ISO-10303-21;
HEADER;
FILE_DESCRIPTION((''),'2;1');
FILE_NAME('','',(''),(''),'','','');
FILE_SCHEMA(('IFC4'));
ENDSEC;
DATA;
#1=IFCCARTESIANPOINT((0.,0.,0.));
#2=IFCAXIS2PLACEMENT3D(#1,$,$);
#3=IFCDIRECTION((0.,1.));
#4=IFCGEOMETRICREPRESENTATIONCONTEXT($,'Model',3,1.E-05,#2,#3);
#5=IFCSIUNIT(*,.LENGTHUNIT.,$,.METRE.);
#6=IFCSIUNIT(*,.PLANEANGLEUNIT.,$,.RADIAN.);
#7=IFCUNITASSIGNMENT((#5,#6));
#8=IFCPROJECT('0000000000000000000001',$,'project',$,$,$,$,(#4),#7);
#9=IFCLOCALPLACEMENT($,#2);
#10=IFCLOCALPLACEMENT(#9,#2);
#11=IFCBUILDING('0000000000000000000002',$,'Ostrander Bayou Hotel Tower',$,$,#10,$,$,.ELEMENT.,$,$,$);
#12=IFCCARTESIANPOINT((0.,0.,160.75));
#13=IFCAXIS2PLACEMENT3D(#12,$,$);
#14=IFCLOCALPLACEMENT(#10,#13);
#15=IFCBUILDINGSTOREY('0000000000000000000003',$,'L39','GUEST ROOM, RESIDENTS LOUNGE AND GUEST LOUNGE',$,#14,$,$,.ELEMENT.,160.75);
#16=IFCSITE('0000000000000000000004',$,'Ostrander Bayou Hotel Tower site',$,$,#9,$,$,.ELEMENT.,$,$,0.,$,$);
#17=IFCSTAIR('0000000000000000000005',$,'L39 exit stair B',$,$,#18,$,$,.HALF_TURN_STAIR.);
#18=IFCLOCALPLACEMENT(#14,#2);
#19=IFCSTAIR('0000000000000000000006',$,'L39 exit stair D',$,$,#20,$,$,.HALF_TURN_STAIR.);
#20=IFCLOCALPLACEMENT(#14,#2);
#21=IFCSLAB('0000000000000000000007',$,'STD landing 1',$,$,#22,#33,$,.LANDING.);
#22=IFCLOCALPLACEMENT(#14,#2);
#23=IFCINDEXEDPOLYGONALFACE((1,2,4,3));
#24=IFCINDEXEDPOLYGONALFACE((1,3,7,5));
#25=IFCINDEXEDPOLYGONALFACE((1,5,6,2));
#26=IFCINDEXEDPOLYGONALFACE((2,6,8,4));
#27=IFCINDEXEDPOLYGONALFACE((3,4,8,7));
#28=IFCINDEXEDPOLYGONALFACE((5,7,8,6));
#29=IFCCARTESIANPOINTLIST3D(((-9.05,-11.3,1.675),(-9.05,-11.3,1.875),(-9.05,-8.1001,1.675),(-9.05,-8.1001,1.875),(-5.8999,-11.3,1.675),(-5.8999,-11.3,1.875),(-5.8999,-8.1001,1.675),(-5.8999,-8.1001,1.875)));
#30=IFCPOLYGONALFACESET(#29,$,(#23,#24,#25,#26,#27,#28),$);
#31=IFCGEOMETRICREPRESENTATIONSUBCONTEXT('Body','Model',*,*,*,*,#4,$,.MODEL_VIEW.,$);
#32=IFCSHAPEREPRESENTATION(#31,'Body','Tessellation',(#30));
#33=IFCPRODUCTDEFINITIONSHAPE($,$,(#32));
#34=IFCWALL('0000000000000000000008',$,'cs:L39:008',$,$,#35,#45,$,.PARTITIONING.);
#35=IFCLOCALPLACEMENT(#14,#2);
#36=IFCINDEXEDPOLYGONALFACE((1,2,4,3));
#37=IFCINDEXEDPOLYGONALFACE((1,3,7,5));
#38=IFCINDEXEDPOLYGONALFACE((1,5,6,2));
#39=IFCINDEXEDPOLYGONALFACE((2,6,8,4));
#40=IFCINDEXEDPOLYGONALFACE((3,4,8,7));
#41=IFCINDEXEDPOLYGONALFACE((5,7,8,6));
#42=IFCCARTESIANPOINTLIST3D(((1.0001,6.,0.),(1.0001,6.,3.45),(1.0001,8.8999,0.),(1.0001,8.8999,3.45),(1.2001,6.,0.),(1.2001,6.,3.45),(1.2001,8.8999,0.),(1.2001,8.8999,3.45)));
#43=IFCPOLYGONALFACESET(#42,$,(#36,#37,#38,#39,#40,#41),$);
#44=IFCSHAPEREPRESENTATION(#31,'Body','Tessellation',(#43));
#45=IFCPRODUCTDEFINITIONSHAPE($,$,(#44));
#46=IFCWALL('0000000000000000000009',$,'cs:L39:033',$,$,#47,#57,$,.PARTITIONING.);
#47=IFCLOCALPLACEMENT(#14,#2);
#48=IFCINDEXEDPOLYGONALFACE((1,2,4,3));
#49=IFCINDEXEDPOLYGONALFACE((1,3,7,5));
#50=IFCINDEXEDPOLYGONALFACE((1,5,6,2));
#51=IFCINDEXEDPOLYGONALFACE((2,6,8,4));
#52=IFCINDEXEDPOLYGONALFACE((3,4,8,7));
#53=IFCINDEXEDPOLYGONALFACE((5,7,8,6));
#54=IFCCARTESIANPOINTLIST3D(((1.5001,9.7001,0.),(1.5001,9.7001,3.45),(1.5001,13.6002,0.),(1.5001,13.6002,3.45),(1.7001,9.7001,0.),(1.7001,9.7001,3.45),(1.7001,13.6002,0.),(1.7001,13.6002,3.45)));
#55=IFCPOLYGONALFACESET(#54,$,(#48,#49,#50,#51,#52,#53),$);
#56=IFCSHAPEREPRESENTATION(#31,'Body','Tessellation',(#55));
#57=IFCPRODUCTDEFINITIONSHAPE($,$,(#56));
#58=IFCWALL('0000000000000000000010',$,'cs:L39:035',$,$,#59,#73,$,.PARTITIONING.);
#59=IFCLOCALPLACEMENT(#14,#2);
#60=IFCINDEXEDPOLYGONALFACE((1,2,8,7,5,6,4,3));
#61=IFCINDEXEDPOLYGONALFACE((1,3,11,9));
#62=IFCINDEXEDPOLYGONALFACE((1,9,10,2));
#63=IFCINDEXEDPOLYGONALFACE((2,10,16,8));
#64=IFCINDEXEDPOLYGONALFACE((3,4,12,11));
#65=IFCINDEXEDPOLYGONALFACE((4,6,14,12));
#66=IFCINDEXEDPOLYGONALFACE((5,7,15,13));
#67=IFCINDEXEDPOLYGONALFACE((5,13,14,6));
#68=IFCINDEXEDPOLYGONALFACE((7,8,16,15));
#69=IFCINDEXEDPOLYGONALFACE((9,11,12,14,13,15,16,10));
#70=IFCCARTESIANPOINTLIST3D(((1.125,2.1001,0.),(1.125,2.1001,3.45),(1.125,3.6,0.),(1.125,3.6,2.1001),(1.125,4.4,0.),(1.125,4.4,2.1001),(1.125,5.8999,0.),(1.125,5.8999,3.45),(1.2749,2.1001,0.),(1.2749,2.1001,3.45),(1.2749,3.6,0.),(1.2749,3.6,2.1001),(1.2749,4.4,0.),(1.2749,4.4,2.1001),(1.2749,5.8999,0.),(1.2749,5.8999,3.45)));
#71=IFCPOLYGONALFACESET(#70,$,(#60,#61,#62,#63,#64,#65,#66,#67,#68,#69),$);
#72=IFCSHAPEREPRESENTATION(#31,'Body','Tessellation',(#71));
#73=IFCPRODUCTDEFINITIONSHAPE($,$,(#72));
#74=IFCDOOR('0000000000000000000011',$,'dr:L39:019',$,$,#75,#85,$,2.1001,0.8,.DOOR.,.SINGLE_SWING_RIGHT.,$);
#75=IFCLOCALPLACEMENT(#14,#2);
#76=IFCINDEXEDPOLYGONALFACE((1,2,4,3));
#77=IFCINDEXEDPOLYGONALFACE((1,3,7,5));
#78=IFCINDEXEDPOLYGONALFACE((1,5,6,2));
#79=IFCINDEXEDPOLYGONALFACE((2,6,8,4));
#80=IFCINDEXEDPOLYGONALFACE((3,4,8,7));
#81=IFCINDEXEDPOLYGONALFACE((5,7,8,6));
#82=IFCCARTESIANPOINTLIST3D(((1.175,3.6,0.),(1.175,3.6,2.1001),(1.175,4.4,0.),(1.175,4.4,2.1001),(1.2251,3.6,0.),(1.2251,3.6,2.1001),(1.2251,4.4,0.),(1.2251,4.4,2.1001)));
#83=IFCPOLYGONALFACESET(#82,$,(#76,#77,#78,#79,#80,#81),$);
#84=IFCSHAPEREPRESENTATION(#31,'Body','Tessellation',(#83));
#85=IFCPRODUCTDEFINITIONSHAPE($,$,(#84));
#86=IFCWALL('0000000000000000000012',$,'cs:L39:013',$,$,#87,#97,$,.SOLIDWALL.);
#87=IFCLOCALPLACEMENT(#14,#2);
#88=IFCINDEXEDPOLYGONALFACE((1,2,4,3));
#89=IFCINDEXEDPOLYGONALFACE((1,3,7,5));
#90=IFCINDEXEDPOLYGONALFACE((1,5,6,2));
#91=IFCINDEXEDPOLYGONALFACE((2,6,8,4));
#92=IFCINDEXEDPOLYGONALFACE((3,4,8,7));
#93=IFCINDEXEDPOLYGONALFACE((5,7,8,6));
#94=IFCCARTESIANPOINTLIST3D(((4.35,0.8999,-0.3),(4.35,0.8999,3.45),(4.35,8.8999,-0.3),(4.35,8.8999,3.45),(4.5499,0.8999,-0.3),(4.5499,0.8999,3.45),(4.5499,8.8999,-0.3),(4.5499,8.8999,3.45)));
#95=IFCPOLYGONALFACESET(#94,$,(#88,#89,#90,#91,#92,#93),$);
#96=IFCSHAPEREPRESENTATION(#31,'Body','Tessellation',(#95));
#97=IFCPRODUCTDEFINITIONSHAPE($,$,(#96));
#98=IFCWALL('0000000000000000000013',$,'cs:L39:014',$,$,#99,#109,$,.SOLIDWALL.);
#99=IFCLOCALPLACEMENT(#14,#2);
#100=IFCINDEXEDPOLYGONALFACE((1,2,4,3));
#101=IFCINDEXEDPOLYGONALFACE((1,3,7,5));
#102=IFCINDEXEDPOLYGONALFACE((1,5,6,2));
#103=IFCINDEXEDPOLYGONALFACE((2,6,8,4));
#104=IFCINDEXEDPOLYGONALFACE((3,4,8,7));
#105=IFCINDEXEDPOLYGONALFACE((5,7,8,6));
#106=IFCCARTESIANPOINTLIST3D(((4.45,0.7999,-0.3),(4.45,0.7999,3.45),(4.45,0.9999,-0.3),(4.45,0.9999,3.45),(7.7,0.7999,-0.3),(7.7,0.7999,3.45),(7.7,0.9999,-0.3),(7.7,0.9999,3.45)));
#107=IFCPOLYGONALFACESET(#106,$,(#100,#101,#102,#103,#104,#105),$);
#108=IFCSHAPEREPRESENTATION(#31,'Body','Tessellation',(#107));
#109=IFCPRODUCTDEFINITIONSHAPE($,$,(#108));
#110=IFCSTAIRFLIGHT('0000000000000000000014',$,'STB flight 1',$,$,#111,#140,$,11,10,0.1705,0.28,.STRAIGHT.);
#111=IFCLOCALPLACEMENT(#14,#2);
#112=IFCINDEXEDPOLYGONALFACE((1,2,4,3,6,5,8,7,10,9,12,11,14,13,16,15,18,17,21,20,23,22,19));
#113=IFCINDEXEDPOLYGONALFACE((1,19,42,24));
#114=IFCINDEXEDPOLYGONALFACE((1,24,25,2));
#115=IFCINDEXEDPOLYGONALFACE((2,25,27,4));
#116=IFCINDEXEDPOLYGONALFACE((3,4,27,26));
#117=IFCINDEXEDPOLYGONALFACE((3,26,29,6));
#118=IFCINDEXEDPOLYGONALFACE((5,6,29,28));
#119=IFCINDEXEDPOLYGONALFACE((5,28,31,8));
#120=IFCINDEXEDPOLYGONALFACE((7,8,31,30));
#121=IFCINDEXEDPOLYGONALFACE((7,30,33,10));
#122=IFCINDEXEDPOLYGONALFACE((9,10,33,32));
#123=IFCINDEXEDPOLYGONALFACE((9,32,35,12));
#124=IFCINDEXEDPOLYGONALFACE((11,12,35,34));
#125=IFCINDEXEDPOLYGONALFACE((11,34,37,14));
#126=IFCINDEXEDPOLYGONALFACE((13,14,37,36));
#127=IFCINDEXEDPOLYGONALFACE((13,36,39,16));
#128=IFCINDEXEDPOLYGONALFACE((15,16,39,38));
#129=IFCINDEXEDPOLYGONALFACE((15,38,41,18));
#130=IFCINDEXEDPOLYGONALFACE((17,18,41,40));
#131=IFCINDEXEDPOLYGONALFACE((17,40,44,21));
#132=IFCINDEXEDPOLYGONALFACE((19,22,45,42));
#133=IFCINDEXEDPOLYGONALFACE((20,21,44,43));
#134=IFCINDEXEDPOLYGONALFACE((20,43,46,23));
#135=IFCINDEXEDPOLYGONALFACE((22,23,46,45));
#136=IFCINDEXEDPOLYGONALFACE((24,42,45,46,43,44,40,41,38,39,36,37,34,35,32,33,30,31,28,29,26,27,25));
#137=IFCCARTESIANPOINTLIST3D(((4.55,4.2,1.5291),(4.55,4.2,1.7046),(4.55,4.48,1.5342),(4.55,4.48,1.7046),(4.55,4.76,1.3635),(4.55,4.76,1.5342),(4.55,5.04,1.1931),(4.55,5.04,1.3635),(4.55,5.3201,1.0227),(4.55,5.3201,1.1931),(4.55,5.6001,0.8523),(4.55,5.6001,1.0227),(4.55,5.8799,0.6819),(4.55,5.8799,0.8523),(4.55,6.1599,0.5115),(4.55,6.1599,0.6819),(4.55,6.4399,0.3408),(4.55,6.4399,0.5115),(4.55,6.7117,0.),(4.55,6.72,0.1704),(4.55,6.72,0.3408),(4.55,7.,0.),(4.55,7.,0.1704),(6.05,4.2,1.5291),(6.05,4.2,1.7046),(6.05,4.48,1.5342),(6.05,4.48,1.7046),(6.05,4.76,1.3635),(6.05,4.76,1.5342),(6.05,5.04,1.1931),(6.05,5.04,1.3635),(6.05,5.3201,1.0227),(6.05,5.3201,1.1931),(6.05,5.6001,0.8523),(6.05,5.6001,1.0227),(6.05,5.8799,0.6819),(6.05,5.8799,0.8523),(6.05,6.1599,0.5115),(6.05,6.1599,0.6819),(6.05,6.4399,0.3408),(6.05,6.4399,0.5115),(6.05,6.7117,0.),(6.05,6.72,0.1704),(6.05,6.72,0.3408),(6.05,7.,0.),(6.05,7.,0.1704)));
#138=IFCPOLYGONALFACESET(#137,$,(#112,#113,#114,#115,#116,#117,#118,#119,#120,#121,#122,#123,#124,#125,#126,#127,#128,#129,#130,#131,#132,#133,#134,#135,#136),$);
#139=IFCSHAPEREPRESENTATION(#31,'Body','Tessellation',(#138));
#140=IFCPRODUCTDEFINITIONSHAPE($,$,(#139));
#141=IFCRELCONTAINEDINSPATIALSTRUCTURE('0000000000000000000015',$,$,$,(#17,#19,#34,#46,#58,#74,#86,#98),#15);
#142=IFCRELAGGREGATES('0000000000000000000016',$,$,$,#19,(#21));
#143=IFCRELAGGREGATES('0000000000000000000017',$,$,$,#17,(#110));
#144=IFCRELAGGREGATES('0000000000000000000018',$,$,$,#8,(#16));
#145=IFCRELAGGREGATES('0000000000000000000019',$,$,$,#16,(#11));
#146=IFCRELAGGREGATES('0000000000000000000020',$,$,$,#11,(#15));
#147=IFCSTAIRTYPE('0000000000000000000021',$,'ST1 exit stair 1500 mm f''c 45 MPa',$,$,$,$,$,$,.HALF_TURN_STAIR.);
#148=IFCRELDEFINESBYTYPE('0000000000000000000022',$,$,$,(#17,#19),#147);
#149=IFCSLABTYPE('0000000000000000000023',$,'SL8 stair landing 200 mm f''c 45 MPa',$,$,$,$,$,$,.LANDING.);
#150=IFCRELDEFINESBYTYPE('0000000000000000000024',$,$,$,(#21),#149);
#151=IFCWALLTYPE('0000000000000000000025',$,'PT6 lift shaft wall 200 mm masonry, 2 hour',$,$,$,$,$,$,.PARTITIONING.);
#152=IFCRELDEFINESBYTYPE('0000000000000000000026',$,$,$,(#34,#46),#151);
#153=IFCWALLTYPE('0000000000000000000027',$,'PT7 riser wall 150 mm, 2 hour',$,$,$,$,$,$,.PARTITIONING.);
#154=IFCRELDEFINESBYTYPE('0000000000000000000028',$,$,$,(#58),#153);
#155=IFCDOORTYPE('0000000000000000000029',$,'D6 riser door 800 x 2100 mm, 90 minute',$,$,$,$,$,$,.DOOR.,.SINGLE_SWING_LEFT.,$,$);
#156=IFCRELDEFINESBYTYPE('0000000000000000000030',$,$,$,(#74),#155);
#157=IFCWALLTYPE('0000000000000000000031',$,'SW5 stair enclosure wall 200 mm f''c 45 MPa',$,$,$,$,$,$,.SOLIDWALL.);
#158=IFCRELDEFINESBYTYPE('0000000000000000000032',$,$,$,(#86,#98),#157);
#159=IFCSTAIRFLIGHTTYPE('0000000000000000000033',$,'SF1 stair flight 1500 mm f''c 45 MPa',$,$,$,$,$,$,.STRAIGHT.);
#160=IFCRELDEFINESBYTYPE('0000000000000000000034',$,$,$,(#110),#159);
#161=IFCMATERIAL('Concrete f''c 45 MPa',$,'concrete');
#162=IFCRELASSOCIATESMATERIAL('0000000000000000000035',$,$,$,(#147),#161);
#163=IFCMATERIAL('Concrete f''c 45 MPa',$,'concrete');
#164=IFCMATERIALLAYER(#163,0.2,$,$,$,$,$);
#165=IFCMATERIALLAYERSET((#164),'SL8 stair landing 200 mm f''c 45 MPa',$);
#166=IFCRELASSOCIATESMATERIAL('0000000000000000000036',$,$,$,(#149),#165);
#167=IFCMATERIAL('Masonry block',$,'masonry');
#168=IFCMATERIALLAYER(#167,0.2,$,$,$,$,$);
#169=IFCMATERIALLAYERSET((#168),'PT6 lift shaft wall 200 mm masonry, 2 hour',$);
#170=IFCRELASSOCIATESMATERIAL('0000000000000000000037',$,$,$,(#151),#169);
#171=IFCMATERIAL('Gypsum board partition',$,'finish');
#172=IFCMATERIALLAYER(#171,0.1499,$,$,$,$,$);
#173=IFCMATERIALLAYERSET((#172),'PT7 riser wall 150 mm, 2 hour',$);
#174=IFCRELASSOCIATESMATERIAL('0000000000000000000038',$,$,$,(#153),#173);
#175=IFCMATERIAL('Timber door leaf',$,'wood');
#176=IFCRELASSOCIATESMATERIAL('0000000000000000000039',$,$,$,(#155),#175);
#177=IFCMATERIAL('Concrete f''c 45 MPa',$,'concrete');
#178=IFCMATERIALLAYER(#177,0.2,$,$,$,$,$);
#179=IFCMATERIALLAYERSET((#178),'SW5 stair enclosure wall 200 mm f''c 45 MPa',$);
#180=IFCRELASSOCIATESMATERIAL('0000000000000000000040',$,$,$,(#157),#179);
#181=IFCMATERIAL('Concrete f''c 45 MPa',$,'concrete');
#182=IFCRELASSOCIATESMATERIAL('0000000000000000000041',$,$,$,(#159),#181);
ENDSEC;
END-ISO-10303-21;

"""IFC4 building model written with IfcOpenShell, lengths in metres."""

from ifc_helpers import new_model, si_unit, direction, frame, frame_2d, origin, place, context, subcontext, project, spatial, polyline, rectangle, outline, extrude, material, layer, layer_set, type_object, element, fill, aggregate, save


model = new_model("IFC4")

# Units and contexts
model_context = context("Model", 3, precision=1e-05, world=origin(), true_north=direction((0.0, 1.0)))
body_context = subcontext(model_context, "Body", "Model", "MODEL_VIEW")
ifc_project = project(units=[si_unit("LENGTHUNIT", "METRE"), si_unit("PLANEANGLEUNIT", "RADIAN")], contexts=[model_context])

# Site, building, storey
site_placement = place(None, origin())
site = spatial("IfcSite", under=ifc_project, at=site_placement, Name="Ostrander Bayou Hotel Tower site", CompositionType="ELEMENT", RefElevation=0.0)
building_placement = place(site_placement, origin())
building = spatial("IfcBuilding", under=site, at=building_placement, Name="Ostrander Bayou Hotel Tower", CompositionType="ELEMENT")
storey_placement = place(building_placement, frame((0.0, 0.0, 160.75)))
storey = spatial("IfcBuildingStorey", under=building, at=storey_placement, Name="L39", Description="GUEST ROOM, RESIDENTS LOUNGE AND GUEST LOUNGE", CompositionType="ELEMENT", Elevation=160.75)

# Stairs, slab
ifc_material_1 = material(Name="Concrete f'c 45 MPa", Category="concrete")
stair_type = type_object("IfcStairType", Name="ST1 exit stair 1500 mm f'c 45 MPa", PredefinedType="HALF_TURN_STAIR", material=ifc_material_1)
ifc_material_2 = material(Name="Concrete f'c 45 MPa", Category="concrete")
ifc_layer_1 = layer(ifc_material_2, 0.2)
ifc_layer_set_1 = layer_set([ifc_layer_1], Name="SL8 stair landing 200 mm f'c 45 MPa")
slab_type_1 = type_object("IfcSlabType", Name="SL8 stair landing 200 mm f'c 45 MPa", PredefinedType="LANDING", material=ifc_layer_set_1)
stair_1_placement = place(storey_placement, origin())
stair_1 = element("IfcStair", 1, at=stair_1_placement, inside=storey, type_object=stair_type, Name="L39 exit stair B", PredefinedType="HALF_TURN_STAIR")
stair_2_placement = place(storey_placement, origin())
stair_2 = element("IfcStair", 2, at=stair_2_placement, inside=storey, type_object=stair_type, Name="L39 exit stair D", PredefinedType="HALF_TURN_STAIR")
slab_1_placement = place(storey_placement, frame((0.0, 0.0, 1.675)))
slab_1 = element("IfcSlab", 3, at=slab_1_placement, type_object=slab_type_1, Name="STD landing 1", PredefinedType="LANDING", context=body_context, shape_type="SweptSolid", body=[
    extrude(outline(polyline([(-9.05, -8.1001), (-9.05, -11.3), (-5.8999, -11.3), (-5.8999, -8.1001), (-9.05, -8.1001)])), origin(), (0.0, 0.0, 1.0), 0.2),
])
aggregate(stair_2, [slab_1])

# Shared definitions
ifc_material_3 = material(Name="Masonry block", Category="masonry")
ifc_layer_2 = layer(ifc_material_3, 0.2)
ifc_layer_set_2 = layer_set([ifc_layer_2], Name="PT6 lift shaft wall 200 mm masonry, 2 hour")
wall_type_1 = type_object("IfcWallType", Name="PT6 lift shaft wall 200 mm masonry, 2 hour", PredefinedType="PARTITIONING", material=ifc_layer_set_2)

# Walls
wall_1_placement = place(storey_placement, frame((1.1001, 6.0, 0.0), z_axis=(0.0, 0.0, 1.0), x_axis=(0.0, 1.0, 0.0)))
element("IfcWall", 4, at=wall_1_placement, inside=storey, type_object=wall_type_1, Name="cs:L39:008", PredefinedType="PARTITIONING", context=body_context, shape_type="SweptSolid", body=[
    extrude(rectangle(XDim=2.8999, YDim=0.2, at=frame_2d((1.45, 0.0))), origin(), (0.0, 0.0, 1.0), 3.45),
])
wall_2_placement = place(storey_placement, frame((1.6001, 9.7, 0.0), z_axis=(0.0, 0.0, 1.0), x_axis=(0.0, 1.0, 0.0)))
element("IfcWall", 5, at=wall_2_placement, inside=storey, type_object=wall_type_1, Name="cs:L39:033", PredefinedType="PARTITIONING", context=body_context, shape_type="SweptSolid", body=[
    extrude(rectangle(XDim=3.9001, YDim=0.2, at=frame_2d((1.9502, 0.0))), origin(), (0.0, 0.0, 1.0), 3.45),
])

# Wall, opening, door
ifc_material_4 = material(Name="Gypsum board partition", Category="finish")
ifc_layer_3 = layer(ifc_material_4, 0.1499)
ifc_layer_set_3 = layer_set([ifc_layer_3], Name="PT7 riser wall 150 mm, 2 hour")
wall_type_2 = type_object("IfcWallType", Name="PT7 riser wall 150 mm, 2 hour", PredefinedType="PARTITIONING", material=ifc_layer_set_3)
wall_3_placement = place(storey_placement, frame((1.2, 2.1001, 0.0), z_axis=(0.0, 0.0, 1.0), x_axis=(0.0, 1.0, 0.0)))
wall_3 = element("IfcWall", 6, at=wall_3_placement, inside=storey, type_object=wall_type_2, Name="cs:L39:035", PredefinedType="PARTITIONING", context=body_context, shape_type="SweptSolid", body=[
    extrude(rectangle(XDim=3.7998, YDim=0.1499, at=frame_2d((1.8999, 0.0))), origin(), (0.0, 0.0, 1.0), 3.45),
])
opening_1_placement = place(wall_3_placement, frame((1.5, 0.0, 0.0)))
opening_1 = element("IfcOpeningElement", 7, at=opening_1_placement, cuts=wall_3, PredefinedType="OPENING", context=body_context, shape_type="SweptSolid", body=[
    extrude(rectangle(XDim=0.8, YDim=2.1001, at=frame_2d((0.3999, 1.05))), frame((0.0, 0.075, 0.0), z_axis=(0.0, -1.0, 0.0), x_axis=(1.0, 0.0, 0.0)), (0.0, 0.0, 1.0), 0.1499),
])
ifc_material_5 = material(Name="Timber door leaf", Category="wood")
door_type_1 = type_object("IfcDoorType", Name="D6 riser door 800 x 2100 mm, 90 minute", OperationType="SINGLE_SWING_LEFT", PredefinedType="DOOR", material=ifc_material_5)
door_1_placement = place(opening_1_placement, origin())
door_1 = element("IfcDoor", 8, at=door_1_placement, inside=storey, type_object=door_type_1, Name="dr:L39:019", OperationType="SINGLE_SWING_RIGHT", OverallHeight=2.1001, OverallWidth=0.8, PredefinedType="DOOR", context=body_context, shape_type="SweptSolid", body=[
    extrude(rectangle(XDim=0.8, YDim=2.1001, at=frame_2d((0.3999, 1.05))), frame((0.0, 0.0249, 0.0), z_axis=(0.0, -1.0, 0.0), x_axis=(1.0, 0.0, 0.0)), (0.0, 0.0, 1.0), 0.05),
])
fill(opening_1, door_1)

# Walls
ifc_material_6 = material(Name="Concrete f'c 45 MPa", Category="concrete")
ifc_layer_4 = layer(ifc_material_6, 0.2)
ifc_layer_set_4 = layer_set([ifc_layer_4], Name="SW5 stair enclosure wall 200 mm f'c 45 MPa")
wall_type_3 = type_object("IfcWallType", Name="SW5 stair enclosure wall 200 mm f'c 45 MPa", PredefinedType="SOLIDWALL", material=ifc_layer_set_4)
wall_4_placement = place(storey_placement, frame((4.45, 0.8999, -0.3), z_axis=(0.0, 0.0, 1.0), x_axis=(0.0, 1.0, 0.0)))
element("IfcWall", 9, at=wall_4_placement, inside=storey, type_object=wall_type_3, Name="cs:L39:013", PredefinedType="SOLIDWALL", context=body_context, shape_type="SweptSolid", body=[
    extrude(rectangle(XDim=8.0, YDim=0.2, at=frame_2d((4.0, 0.0))), origin(), (0.0, 0.0, 1.0), 3.75),
])
wall_5_placement = place(storey_placement, frame((4.45, 0.8999, -0.3), z_axis=(0.0, 0.0, 1.0), x_axis=(1.0, 0.0, 0.0)))
element("IfcWall", 10, at=wall_5_placement, inside=storey, type_object=wall_type_3, Name="cs:L39:014", PredefinedType="SOLIDWALL", context=body_context, shape_type="SweptSolid", body=[
    extrude(rectangle(XDim=3.25, YDim=0.2, at=frame_2d((1.625, 0.0))), origin(), (0.0, 0.0, 1.0), 3.75),
])

# Stair flight
ifc_material_7 = material(Name="Concrete f'c 45 MPa", Category="concrete")
stair_flight_type = type_object("IfcStairFlightType", Name="SF1 stair flight 1500 mm f'c 45 MPa", PredefinedType="STRAIGHT", material=ifc_material_7)
stair_flight_placement = place(storey_placement, frame((5.3, 7.0, 0.0), z_axis=(0.0, 0.0, 1.0), x_axis=(0.0, -1.0, 0.0)))
stair_flight = element("IfcStairFlight", 11, at=stair_flight_placement, type_object=stair_flight_type, Name="STB flight 1", NumberOfRisers=11, NumberOfTreads=10, PredefinedType="STRAIGHT", RiserHeight=0.1705, TreadLength=0.28, context=body_context, shape_type="SweptSolid", body=[
    extrude(outline(polyline([(0.0, 0.0), (0.0, 0.1704), (0.28, 0.1704), (0.28, 0.3408), (0.5601, 0.3408), (0.5601, 0.5115), (0.8401, 0.5115), (0.8401, 0.6819), (1.1201, 0.6819), (1.1201, 0.8523), (1.3999, 0.8523), (1.3999, 1.0227), (1.6799, 1.0227), (1.6799, 1.1931), (1.96, 1.1931), (1.96, 1.3635), (2.24, 1.3635), (2.24, 1.5342), (2.52, 1.5342), (2.52, 1.7046), (2.8, 1.7046), (2.8, 1.875), (2.8, 1.5291), (0.2883, 0.0), (0.0, 0.0)])), frame((0.0, 0.75, 0.0), z_axis=(0.0, -1.0, 0.0), x_axis=(1.0, 0.0, 0.0)), (0.0, 0.0, 1.0), 1.5),
])
aggregate(stair_1, [stair_flight])

save(model, "model.ifc")
